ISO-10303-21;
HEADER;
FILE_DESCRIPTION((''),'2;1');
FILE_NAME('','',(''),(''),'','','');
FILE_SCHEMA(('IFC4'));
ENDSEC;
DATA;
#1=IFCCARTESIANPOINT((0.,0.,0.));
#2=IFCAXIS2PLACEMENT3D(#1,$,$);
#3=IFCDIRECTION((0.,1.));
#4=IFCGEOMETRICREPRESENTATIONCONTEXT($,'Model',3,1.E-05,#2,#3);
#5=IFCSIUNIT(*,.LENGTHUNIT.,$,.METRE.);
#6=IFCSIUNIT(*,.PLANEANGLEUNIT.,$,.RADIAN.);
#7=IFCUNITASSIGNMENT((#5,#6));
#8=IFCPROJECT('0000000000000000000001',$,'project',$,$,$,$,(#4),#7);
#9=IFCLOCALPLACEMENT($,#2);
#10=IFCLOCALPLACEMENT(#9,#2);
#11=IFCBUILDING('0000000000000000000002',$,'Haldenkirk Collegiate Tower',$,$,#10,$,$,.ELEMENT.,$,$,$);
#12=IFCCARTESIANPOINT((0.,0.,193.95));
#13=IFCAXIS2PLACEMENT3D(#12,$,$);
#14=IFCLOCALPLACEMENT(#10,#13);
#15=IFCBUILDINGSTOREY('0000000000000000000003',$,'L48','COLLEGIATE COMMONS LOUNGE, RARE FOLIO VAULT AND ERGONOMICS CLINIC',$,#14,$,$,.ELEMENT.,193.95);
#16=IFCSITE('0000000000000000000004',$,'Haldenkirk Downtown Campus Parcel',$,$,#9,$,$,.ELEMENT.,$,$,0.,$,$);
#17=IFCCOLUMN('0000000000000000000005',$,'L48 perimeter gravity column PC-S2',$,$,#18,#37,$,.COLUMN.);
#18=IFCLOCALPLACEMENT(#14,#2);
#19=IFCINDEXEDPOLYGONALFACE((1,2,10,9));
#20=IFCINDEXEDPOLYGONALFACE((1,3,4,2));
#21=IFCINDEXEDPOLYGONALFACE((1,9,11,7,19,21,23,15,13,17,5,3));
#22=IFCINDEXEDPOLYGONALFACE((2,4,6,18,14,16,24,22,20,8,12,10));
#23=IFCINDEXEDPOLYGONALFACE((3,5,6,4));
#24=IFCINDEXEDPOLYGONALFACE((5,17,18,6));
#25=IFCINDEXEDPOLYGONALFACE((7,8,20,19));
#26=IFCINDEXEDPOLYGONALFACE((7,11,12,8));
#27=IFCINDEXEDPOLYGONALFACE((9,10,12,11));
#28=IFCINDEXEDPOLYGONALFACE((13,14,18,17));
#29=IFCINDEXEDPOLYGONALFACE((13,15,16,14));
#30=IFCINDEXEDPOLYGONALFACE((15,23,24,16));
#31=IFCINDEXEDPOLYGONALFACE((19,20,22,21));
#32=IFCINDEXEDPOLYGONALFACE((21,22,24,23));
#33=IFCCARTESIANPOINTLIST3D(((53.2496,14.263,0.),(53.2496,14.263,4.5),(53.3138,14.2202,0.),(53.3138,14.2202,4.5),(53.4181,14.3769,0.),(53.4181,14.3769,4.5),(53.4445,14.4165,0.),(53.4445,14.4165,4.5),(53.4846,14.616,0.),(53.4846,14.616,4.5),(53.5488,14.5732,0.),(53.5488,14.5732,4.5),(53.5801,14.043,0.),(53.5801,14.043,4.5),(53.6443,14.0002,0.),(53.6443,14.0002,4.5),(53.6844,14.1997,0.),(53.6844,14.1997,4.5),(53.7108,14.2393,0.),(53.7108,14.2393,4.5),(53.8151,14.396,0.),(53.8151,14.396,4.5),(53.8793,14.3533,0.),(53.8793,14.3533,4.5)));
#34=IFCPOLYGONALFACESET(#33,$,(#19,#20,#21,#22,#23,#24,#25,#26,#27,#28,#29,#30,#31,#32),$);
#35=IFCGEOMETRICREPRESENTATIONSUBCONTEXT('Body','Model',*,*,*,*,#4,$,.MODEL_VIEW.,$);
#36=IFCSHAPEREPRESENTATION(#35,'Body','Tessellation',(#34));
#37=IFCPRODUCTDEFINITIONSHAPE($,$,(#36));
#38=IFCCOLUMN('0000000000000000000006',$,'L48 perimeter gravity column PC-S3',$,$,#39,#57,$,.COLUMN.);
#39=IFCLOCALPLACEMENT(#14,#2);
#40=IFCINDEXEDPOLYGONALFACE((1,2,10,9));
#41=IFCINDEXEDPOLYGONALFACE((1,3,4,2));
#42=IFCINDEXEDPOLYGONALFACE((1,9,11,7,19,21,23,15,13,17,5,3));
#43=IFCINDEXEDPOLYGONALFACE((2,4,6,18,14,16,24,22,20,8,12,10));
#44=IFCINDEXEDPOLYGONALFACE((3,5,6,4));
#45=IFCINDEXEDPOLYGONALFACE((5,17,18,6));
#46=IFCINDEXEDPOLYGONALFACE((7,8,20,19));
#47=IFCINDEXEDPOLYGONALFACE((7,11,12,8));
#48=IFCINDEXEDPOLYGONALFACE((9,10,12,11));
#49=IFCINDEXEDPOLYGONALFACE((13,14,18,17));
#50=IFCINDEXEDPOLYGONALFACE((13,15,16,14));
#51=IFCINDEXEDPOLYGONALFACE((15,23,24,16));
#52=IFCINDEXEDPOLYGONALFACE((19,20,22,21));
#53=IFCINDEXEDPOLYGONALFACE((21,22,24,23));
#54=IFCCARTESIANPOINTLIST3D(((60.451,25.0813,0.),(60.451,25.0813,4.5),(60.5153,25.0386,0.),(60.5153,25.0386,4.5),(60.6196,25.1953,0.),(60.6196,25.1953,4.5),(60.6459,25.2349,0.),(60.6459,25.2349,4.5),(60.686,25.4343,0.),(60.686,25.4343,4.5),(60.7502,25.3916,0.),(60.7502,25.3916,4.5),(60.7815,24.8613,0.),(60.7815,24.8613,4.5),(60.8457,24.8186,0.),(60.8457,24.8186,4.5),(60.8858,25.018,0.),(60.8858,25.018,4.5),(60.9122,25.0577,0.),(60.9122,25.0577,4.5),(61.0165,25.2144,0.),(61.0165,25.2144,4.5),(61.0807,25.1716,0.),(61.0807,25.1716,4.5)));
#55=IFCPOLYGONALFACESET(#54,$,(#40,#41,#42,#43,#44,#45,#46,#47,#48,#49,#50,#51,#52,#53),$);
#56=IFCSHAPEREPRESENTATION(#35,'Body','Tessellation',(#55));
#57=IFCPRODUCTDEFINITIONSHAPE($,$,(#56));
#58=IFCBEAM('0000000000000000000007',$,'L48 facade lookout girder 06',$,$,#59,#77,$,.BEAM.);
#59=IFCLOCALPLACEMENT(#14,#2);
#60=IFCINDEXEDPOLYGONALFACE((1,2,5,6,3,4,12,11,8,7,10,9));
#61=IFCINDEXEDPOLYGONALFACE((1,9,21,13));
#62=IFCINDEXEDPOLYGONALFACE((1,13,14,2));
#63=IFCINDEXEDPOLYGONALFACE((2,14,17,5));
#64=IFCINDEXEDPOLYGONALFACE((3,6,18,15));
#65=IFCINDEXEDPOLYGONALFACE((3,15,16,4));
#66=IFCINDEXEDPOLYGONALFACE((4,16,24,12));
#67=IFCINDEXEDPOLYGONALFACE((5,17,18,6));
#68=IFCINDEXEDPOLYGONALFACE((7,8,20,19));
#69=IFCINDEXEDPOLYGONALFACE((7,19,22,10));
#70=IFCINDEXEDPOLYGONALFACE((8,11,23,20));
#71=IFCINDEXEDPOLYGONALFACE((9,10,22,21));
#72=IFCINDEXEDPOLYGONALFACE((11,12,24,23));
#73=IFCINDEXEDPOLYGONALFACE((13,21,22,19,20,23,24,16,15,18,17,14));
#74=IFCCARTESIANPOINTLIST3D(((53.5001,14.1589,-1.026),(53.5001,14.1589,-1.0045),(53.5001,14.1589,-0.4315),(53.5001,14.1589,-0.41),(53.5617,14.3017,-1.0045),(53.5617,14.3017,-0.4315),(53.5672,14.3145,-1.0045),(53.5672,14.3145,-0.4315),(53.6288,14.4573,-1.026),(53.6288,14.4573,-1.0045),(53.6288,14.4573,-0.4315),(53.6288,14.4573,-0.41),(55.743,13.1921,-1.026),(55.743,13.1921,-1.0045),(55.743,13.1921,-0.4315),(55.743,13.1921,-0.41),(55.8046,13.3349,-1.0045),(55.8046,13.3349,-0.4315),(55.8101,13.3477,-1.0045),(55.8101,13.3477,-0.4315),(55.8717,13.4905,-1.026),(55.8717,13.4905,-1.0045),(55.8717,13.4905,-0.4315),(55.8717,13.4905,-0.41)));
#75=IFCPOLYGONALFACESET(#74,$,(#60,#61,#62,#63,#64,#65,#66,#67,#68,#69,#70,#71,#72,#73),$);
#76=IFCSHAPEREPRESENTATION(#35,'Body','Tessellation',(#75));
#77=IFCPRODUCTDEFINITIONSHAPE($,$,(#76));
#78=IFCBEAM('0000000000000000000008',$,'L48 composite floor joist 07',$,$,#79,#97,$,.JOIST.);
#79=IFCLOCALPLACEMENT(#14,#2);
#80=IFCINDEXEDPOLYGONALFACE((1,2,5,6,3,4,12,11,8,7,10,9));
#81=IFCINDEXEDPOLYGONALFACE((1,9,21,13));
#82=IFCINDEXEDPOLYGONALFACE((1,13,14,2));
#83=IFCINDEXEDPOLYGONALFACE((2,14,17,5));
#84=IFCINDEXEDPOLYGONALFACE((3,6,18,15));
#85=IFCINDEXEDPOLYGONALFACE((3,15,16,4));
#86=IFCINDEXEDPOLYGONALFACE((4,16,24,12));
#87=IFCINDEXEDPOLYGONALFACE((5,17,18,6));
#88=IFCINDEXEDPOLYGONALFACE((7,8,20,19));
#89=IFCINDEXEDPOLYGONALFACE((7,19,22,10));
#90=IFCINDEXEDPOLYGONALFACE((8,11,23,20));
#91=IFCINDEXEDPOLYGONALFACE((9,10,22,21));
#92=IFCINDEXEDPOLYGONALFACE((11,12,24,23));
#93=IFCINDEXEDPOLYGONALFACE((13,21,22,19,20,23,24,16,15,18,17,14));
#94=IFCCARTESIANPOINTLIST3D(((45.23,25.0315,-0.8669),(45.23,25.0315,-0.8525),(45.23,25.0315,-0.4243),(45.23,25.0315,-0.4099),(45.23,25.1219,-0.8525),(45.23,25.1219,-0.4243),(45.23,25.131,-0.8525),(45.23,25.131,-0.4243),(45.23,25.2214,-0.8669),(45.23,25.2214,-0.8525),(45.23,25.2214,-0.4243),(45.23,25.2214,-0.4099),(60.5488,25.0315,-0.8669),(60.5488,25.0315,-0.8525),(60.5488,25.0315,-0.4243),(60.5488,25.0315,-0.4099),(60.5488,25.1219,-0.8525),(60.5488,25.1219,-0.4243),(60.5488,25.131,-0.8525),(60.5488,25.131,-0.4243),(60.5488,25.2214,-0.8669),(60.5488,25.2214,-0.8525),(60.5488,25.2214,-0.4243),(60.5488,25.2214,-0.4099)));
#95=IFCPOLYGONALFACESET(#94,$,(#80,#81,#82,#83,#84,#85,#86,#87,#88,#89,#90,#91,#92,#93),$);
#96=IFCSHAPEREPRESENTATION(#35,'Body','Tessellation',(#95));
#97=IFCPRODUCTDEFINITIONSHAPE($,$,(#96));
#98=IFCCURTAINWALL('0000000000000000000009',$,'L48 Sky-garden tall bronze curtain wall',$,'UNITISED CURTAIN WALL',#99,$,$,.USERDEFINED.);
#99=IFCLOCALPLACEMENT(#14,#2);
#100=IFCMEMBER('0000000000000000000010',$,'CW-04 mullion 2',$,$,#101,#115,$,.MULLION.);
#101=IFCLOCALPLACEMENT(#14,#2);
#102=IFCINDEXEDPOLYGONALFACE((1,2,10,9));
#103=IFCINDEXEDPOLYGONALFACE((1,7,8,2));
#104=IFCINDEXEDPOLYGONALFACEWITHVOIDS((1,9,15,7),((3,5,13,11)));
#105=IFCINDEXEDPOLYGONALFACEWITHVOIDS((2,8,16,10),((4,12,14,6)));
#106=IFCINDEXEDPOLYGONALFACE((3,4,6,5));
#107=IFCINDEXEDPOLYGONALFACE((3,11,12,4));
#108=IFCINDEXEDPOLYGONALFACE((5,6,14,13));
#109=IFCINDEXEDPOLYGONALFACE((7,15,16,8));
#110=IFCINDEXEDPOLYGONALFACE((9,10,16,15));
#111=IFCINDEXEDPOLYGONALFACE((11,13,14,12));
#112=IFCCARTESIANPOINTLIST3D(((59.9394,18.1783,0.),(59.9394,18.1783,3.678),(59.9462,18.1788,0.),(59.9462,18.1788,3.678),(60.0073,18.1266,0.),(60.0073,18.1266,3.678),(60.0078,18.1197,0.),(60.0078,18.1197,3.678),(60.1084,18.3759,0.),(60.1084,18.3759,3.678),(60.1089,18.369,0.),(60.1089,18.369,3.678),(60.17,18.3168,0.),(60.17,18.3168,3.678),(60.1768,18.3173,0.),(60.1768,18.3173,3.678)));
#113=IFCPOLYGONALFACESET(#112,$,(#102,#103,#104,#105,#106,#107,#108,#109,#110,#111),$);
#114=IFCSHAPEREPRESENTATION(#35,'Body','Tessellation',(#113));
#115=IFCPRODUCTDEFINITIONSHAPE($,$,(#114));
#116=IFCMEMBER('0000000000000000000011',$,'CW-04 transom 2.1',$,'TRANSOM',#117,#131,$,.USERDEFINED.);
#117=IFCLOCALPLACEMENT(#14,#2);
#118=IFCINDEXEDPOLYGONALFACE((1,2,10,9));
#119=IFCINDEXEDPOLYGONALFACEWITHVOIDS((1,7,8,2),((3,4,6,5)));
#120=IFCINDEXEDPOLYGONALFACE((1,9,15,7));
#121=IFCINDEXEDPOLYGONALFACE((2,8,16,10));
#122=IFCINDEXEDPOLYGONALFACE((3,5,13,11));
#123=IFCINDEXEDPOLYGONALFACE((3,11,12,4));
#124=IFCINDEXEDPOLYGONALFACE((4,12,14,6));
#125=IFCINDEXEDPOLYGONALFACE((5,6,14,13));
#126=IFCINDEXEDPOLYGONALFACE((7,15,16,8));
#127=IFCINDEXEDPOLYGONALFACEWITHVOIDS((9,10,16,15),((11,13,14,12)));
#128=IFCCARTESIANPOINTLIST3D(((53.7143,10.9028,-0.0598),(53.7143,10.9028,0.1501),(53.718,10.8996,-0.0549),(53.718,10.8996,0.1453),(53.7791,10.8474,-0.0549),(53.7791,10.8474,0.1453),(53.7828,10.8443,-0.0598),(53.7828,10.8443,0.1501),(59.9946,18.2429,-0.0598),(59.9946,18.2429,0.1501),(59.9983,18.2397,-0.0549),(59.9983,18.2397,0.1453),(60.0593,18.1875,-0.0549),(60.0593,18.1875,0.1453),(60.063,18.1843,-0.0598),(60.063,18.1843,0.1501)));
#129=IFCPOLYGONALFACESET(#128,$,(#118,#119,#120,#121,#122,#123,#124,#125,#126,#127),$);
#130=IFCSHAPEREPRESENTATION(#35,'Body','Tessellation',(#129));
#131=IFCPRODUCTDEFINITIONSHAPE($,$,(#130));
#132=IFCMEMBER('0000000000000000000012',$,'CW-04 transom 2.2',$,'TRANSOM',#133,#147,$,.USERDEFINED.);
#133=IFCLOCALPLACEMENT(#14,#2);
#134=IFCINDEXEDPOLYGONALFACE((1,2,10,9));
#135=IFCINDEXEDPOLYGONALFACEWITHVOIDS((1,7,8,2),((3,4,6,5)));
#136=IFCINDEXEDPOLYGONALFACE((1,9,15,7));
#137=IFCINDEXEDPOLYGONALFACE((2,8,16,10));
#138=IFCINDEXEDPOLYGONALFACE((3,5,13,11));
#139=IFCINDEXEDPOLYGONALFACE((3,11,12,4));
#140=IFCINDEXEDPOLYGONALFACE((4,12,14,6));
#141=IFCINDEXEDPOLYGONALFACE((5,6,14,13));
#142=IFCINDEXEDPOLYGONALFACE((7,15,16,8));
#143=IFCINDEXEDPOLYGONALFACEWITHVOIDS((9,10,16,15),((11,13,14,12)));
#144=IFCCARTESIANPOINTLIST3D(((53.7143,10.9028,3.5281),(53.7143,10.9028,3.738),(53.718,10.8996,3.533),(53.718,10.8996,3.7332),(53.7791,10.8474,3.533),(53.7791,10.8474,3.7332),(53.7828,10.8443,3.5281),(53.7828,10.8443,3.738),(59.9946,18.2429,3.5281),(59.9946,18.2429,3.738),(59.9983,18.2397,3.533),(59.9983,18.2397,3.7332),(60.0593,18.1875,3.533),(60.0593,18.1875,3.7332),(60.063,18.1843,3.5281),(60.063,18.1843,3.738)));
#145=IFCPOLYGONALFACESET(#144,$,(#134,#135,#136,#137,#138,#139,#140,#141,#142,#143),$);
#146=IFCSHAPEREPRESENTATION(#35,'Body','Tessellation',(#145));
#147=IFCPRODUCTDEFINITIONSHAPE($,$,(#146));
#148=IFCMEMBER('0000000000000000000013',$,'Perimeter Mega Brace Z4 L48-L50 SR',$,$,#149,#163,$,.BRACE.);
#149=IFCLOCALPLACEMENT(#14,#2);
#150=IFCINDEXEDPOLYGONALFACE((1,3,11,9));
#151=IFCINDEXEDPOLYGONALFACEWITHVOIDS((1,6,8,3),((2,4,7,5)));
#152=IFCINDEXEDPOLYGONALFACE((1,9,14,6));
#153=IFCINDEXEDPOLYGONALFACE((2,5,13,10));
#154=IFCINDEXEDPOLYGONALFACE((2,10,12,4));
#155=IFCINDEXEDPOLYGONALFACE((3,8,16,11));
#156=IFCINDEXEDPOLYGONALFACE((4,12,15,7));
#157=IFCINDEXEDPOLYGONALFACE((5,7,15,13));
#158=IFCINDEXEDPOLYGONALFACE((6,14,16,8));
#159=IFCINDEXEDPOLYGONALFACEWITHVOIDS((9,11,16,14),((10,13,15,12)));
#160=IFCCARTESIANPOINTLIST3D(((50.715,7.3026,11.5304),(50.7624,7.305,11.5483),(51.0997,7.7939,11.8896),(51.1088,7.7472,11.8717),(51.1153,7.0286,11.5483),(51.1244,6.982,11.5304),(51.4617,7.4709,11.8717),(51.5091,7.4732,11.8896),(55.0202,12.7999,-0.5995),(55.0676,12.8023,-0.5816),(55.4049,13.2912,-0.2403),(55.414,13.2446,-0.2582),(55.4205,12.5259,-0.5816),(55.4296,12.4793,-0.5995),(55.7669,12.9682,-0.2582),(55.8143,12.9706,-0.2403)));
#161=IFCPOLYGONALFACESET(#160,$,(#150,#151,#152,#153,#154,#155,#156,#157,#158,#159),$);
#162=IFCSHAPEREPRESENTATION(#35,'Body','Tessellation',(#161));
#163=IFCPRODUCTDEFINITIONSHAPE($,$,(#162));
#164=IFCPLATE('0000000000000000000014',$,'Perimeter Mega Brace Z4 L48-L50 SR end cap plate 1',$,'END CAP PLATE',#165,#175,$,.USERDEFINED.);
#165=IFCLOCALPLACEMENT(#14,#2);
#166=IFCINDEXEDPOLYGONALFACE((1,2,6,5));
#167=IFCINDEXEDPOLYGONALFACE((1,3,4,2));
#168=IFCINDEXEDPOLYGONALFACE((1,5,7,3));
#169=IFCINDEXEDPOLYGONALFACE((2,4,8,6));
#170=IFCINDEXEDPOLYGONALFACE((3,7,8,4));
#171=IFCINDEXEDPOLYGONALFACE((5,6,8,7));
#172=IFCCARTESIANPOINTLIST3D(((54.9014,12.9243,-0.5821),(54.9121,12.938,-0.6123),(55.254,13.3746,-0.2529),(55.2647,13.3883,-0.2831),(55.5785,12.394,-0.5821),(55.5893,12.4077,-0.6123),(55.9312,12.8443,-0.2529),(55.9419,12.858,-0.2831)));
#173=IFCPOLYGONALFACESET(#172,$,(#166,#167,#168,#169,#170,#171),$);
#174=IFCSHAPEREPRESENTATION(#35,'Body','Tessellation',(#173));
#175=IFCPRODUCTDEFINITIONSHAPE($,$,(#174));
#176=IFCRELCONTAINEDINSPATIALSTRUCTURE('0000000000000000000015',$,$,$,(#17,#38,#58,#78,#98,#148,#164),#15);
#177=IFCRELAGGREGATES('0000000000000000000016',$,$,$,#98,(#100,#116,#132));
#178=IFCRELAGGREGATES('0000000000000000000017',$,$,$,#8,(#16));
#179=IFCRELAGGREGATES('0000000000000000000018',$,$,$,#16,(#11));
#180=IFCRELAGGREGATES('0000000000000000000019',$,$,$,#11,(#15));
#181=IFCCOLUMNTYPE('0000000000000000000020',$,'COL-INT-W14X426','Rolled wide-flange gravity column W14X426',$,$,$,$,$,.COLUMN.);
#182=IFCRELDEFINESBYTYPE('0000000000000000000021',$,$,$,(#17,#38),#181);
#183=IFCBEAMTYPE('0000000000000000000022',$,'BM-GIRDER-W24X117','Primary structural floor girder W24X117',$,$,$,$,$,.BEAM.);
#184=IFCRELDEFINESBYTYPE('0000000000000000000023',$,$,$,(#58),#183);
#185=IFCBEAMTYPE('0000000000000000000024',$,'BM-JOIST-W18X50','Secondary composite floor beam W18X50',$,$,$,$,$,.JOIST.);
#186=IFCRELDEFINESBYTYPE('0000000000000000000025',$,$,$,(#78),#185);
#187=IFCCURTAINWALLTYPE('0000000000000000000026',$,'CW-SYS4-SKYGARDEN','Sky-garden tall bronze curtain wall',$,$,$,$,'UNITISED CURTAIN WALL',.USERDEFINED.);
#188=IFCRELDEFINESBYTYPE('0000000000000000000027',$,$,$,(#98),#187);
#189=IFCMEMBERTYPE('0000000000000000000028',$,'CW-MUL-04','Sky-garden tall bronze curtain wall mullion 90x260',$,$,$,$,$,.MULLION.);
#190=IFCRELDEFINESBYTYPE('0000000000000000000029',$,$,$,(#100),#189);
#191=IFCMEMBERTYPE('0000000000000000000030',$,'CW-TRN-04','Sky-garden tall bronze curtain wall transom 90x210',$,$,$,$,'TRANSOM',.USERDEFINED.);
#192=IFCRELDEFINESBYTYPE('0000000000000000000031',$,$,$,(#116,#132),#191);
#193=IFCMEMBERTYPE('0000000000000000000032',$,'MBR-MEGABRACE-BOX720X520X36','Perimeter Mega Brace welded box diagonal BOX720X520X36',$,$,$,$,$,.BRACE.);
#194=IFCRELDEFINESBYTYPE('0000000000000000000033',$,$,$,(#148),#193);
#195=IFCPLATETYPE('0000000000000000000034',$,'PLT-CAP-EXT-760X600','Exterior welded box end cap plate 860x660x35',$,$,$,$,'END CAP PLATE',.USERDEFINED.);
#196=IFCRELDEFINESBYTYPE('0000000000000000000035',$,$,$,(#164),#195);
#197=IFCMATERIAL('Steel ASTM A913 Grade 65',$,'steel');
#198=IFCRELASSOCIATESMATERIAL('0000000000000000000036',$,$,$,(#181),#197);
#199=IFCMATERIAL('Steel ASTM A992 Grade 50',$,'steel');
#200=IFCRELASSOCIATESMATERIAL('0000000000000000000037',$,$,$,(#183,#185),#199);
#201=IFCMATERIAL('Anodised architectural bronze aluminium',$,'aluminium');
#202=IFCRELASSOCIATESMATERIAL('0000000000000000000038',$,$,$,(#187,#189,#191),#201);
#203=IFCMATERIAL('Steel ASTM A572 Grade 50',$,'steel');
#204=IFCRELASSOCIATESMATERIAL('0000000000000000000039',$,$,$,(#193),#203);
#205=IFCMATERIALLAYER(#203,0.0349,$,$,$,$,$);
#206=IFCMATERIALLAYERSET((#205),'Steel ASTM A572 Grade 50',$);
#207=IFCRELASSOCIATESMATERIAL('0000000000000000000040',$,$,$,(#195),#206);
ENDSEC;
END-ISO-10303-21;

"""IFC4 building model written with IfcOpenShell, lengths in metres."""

from ifc_helpers import new_model, si_unit, direction, frame, origin, origin_2d, place, context, subcontext, project, spatial, rectangle, hollow_rectangle, i_section, extrude, source, transform, mapped, material, layer, layer_set, material_profile, profile_set, type_object, element, aggregate, save


model = new_model("IFC4")

# Units and contexts
model_context = context("Model", 3, precision=1e-05, world=origin(), true_north=direction((0.0, 1.0)))
body_context = subcontext(model_context, "Body", "Model", "MODEL_VIEW")
ifc_project = project(units=[si_unit("LENGTHUNIT", "METRE"), si_unit("PLANEANGLEUNIT", "RADIAN")], contexts=[model_context])

# Site, building, storey
site_placement = place(None, origin())
site = spatial("IfcSite", under=ifc_project, at=site_placement, Name="Haldenkirk Downtown Campus Parcel", CompositionType="ELEMENT", RefElevation=0.0)
building_placement = place(site_placement, origin())
building = spatial("IfcBuilding", under=site, at=building_placement, Name="Haldenkirk Collegiate Tower", CompositionType="ELEMENT")
storey_placement = place(building_placement, frame((0.0, 0.0, 193.95)))
storey = spatial("IfcBuildingStorey", under=building, at=storey_placement, Name="L48", Description="COLLEGIATE COMMONS LOUNGE, RARE FOLIO VAULT AND ERGONOMICS CLINIC", CompositionType="ELEMENT", Elevation=193.95)

# Columns
ifc_material_1 = material(Name="Steel ASTM A913 Grade 65", Category="steel")
ifc_material_profile_1 = material_profile(ifc_material_1, i_section(OverallWidth=0.4241, OverallDepth=0.4741, WebThickness=0.0476, FlangeThickness=0.0771, at=origin_2d()), Name="W14X426")
ifc_profile_set_1 = profile_set([ifc_material_profile_1], Name="Steel ASTM A913 Grade 65")
column_type = type_object("IfcColumnType", Name="COL-INT-W14X426", Description="Rolled wide-flange gravity column W14X426", PredefinedType="COLUMN", material=ifc_profile_set_1)
for number, where, z_axis, x_axis, name in (
    (1, (53.5645, 14.3081, 0.0), (0.0, 0.0, 1.0), (0.554118, 0.832438, 0.0), "L48 perimeter gravity column PC-S2"),
    (2, (60.7659, 25.1265, 0.0), (0.0, 0.0, 1.0), (0.554118, 0.832438, 0.0), "L48 perimeter gravity column PC-S3"),
):
    element("IfcColumn", number, at=place(storey_placement, frame(where, z_axis=z_axis, x_axis=x_axis)), inside=storey, type_object=column_type, Name=name, PredefinedType="COLUMN", context=body_context, shape_type="SweptSolid", body=[
        extrude(i_section(OverallWidth=0.4241, OverallDepth=0.4741, WebThickness=0.0476, FlangeThickness=0.0771, at=origin_2d()), origin(), (0.0, 0.0, 1.0), 4.5),
    ])

# Beams
ifc_material_2 = material(Name="Steel ASTM A992 Grade 50", Category="steel")
ifc_material_profile_2 = material_profile(ifc_material_2, i_section(OverallWidth=0.325, OverallDepth=0.616, WebThickness=0.0139, FlangeThickness=0.0215, at=origin_2d()), Name="W24X117")
ifc_profile_set_2 = profile_set([ifc_material_profile_2], Name="Steel ASTM A992 Grade 50")
beam_type_1 = type_object("IfcBeamType", Name="BM-GIRDER-W24X117", Description="Primary structural floor girder W24X117", PredefinedType="BEAM", material=ifc_profile_set_2)
beam_1_placement = place(storey_placement, frame((53.5645, 14.3081, -0.718), z_axis=(0.918321, -0.395837, 0.0), x_axis=(0.395837, 0.918321, 0.0)))
element("IfcBeam", 3, at=beam_1_placement, inside=storey, type_object=beam_type_1, Name="L48 facade lookout girder 06", PredefinedType="BEAM", context=body_context, shape_type="SweptSolid", body=[
    extrude(i_section(OverallWidth=0.325, OverallDepth=0.616, WebThickness=0.0139, FlangeThickness=0.0215, at=origin_2d()), origin(), (0.0, 0.0, 1.0), 2.4424),
])
ifc_material_profile_3 = material_profile(ifc_material_2, i_section(OverallWidth=0.1899, OverallDepth=0.457, WebThickness=0.009, FlangeThickness=0.0144, at=origin_2d()), Name="W18X50")
ifc_profile_set_3 = profile_set([ifc_material_profile_3], Name="Steel ASTM A992 Grade 50")
beam_type_2 = type_object("IfcBeamType", Name="BM-JOIST-W18X50", Description="Secondary composite floor beam W18X50", PredefinedType="JOIST", material=ifc_profile_set_3)
beam_2_placement = place(storey_placement, frame((60.5488, 25.1265, -0.6384), z_axis=(-1.0, 0.0, 0.0), x_axis=(0.0, -1.0, 0.0)))
element("IfcBeam", 4, at=beam_2_placement, inside=storey, type_object=beam_type_2, Name="L48 composite floor joist 07", PredefinedType="JOIST", context=body_context, shape_type="SweptSolid", body=[
    extrude(i_section(OverallWidth=0.1899, OverallDepth=0.457, WebThickness=0.009, FlangeThickness=0.0144, at=origin_2d()), origin(), (0.0, 0.0, 1.0), 15.3188),
])

# Curtain wall, members
ifc_material_3 = material(Name="Anodised architectural bronze aluminium", Category="aluminium")
curtain_wall_type = type_object("IfcCurtainWallType", Name="CW-SYS4-SKYGARDEN", Description="Sky-garden tall bronze curtain wall", ElementType="UNITISED CURTAIN WALL", PredefinedType="USERDEFINED", material=ifc_material_3)
curtain_wall_placement = place(storey_placement, origin())
curtain_wall = element("IfcCurtainWall", 5, at=curtain_wall_placement, inside=storey, type_object=curtain_wall_type, Name="L48 Sky-garden tall bronze curtain wall", ObjectType="UNITISED CURTAIN WALL", PredefinedType="USERDEFINED")
ifc_material_profile_4 = material_profile(ifc_material_3, hollow_rectangle(XDim=0.0901, YDim=0.26, WallThickness=0.0049, at=origin_2d()), Name="CW-MUL-04")
ifc_profile_set_4 = profile_set([ifc_material_profile_4], Name="Anodised architectural bronze aluminium")
member_type_1 = type_object("IfcMemberType", Name="CW-MUL-04", Description="Sky-garden tall bronze curtain wall mullion 90x260", PredefinedType="MULLION", material=ifc_profile_set_4)
member_1_placement = place(storey_placement, frame((60.0581, 18.2478, 0.0), z_axis=(0.0, 0.0, 1.0), x_axis=(0.759837, -0.650114, 0.0)))
member_1 = element("IfcMember", 6, at=member_1_placement, type_object=member_type_1, Name="CW-04 mullion 2", PredefinedType="MULLION", context=body_context, shape_type="SweptSolid", body=[
    extrude(hollow_rectangle(XDim=0.0901, YDim=0.26, WallThickness=0.0049, at=origin_2d()), origin(), (0.0, 0.0, 1.0), 3.678),
])
ifc_material_profile_5 = material_profile(ifc_material_3, hollow_rectangle(XDim=0.0901, YDim=0.21, WallThickness=0.0049, at=origin_2d()), Name="CW-TRN-04")
ifc_profile_set_5 = profile_set([ifc_material_profile_5], Name="Anodised architectural bronze aluminium")
member_type_2 = type_object("IfcMemberType", Name="CW-TRN-04", Description="Sky-garden tall bronze curtain wall transom 90x210", ElementType="TRANSOM", PredefinedType="USERDEFINED", material=ifc_profile_set_5)
member_2_placement = place(storey_placement, frame((60.0288, 18.2136, 0.0452), z_axis=(-0.650121, -0.759831, 0.0), x_axis=(0.759831, -0.650121, 0.0)))
member_2 = element("IfcMember", 7, at=member_2_placement, type_object=member_type_2, Name="CW-04 transom 2.1", ObjectType="TRANSOM", PredefinedType="USERDEFINED", context=body_context, shape_type="SweptSolid", body=[
    extrude(hollow_rectangle(XDim=0.0901, YDim=0.21, WallThickness=0.0049, at=origin_2d()), origin(), (0.0, 0.0, 1.0), 9.6602),
])
member_3_placement = place(storey_placement, frame((60.0288, 18.2136, 3.6331), z_axis=(-0.650121, -0.759831, 0.0), x_axis=(0.759831, -0.650121, 0.0)))
member_3 = element("IfcMember", 8, at=member_3_placement, type_object=member_type_2, Name="CW-04 transom 2.2", ObjectType="TRANSOM", PredefinedType="USERDEFINED", context=body_context, shape_type="SweptSolid", body=[
    extrude(hollow_rectangle(XDim=0.0901, YDim=0.21, WallThickness=0.0049, at=origin_2d()), origin(), (0.0, 0.0, 1.0), 9.6602),
])

# Member
ifc_material_4 = material(Name="Steel ASTM A572 Grade 50", Category="steel")
ifc_material_profile_6 = material_profile(ifc_material_4, hollow_rectangle(XDim=0.52, YDim=0.72, WallThickness=0.0359, at=origin_2d()), Name="BOX720X520X36")
ifc_profile_set_6 = profile_set([ifc_material_profile_6], Name="Steel ASTM A572 Grade 50")
member_type_3 = type_object("IfcMemberType", Name="MBR-MEGABRACE-BOX720X520X36", Description="Perimeter Mega Brace welded box diagonal BOX720X520X36", PredefinedType="BRACE", material=ifc_profile_set_6)
member_4_placement = place(storey_placement, frame((55.4172, 12.8853, -0.4199), z_axis=(-0.3076, -0.392776, 0.866666), x_axis=(0.787301, -0.616568, 0.0)))
element("IfcMember", 9, at=member_4_placement, inside=storey, type_object=member_type_3, Name="Perimeter Mega Brace Z4 L48-L50 SR", PredefinedType="BRACE", context=body_context, shape_type="SweptSolid", body=[
    extrude(hollow_rectangle(XDim=0.52, YDim=0.72, WallThickness=0.0359, at=origin_2d()), origin(), (0.0, 0.0, 1.0), 13.9961),
])

# Plate
ifc_layer_1 = layer(ifc_material_4, 0.0349)
ifc_layer_set_1 = layer_set([ifc_layer_1], Name="Steel ASTM A572 Grade 50")
plate_type_1 = type_object("IfcPlateType", Name="PLT-CAP-EXT-760X600", Description="Exterior welded box end cap plate 860x660x35", ElementType="END CAP PLATE", PredefinedType="USERDEFINED", material=ifc_layer_set_1)
shared_shape_1 = source(origin(), body_context, "Body", "SweptSolid", [
    extrude(rectangle(XDim=0.8601, YDim=0.6599, at=origin_2d()), origin(), (0.0, 0.0, 1.0), 0.0349),
])
plate_1_placement = place(storey_placement, frame((55.4163, 12.8843, -0.4175), z_axis=(0.307598, 0.392779, -0.866665), x_axis=(-0.787304, 0.616565, 0.000001)))
element("IfcPlate", 10, at=plate_1_placement, inside=storey, type_object=plate_type_1, Name="Perimeter Mega Brace Z4 L48-L50 SR end cap plate 1", ObjectType="END CAP PLATE", PredefinedType="USERDEFINED", context=body_context, shape_type="MappedRepresentation", body=[
    mapped(shared_shape_1, transform((0.0, 0.0, 0.0), x_axis=(1.0, 0.0, 0.0), y_axis=(0.0, 1.0, 0.0), z_axis=(0.0, 0.0, 1.0), scale=1.0)),
])
aggregate(curtain_wall, [member_1, member_2, member_3])

save(model, "model.ifc")
